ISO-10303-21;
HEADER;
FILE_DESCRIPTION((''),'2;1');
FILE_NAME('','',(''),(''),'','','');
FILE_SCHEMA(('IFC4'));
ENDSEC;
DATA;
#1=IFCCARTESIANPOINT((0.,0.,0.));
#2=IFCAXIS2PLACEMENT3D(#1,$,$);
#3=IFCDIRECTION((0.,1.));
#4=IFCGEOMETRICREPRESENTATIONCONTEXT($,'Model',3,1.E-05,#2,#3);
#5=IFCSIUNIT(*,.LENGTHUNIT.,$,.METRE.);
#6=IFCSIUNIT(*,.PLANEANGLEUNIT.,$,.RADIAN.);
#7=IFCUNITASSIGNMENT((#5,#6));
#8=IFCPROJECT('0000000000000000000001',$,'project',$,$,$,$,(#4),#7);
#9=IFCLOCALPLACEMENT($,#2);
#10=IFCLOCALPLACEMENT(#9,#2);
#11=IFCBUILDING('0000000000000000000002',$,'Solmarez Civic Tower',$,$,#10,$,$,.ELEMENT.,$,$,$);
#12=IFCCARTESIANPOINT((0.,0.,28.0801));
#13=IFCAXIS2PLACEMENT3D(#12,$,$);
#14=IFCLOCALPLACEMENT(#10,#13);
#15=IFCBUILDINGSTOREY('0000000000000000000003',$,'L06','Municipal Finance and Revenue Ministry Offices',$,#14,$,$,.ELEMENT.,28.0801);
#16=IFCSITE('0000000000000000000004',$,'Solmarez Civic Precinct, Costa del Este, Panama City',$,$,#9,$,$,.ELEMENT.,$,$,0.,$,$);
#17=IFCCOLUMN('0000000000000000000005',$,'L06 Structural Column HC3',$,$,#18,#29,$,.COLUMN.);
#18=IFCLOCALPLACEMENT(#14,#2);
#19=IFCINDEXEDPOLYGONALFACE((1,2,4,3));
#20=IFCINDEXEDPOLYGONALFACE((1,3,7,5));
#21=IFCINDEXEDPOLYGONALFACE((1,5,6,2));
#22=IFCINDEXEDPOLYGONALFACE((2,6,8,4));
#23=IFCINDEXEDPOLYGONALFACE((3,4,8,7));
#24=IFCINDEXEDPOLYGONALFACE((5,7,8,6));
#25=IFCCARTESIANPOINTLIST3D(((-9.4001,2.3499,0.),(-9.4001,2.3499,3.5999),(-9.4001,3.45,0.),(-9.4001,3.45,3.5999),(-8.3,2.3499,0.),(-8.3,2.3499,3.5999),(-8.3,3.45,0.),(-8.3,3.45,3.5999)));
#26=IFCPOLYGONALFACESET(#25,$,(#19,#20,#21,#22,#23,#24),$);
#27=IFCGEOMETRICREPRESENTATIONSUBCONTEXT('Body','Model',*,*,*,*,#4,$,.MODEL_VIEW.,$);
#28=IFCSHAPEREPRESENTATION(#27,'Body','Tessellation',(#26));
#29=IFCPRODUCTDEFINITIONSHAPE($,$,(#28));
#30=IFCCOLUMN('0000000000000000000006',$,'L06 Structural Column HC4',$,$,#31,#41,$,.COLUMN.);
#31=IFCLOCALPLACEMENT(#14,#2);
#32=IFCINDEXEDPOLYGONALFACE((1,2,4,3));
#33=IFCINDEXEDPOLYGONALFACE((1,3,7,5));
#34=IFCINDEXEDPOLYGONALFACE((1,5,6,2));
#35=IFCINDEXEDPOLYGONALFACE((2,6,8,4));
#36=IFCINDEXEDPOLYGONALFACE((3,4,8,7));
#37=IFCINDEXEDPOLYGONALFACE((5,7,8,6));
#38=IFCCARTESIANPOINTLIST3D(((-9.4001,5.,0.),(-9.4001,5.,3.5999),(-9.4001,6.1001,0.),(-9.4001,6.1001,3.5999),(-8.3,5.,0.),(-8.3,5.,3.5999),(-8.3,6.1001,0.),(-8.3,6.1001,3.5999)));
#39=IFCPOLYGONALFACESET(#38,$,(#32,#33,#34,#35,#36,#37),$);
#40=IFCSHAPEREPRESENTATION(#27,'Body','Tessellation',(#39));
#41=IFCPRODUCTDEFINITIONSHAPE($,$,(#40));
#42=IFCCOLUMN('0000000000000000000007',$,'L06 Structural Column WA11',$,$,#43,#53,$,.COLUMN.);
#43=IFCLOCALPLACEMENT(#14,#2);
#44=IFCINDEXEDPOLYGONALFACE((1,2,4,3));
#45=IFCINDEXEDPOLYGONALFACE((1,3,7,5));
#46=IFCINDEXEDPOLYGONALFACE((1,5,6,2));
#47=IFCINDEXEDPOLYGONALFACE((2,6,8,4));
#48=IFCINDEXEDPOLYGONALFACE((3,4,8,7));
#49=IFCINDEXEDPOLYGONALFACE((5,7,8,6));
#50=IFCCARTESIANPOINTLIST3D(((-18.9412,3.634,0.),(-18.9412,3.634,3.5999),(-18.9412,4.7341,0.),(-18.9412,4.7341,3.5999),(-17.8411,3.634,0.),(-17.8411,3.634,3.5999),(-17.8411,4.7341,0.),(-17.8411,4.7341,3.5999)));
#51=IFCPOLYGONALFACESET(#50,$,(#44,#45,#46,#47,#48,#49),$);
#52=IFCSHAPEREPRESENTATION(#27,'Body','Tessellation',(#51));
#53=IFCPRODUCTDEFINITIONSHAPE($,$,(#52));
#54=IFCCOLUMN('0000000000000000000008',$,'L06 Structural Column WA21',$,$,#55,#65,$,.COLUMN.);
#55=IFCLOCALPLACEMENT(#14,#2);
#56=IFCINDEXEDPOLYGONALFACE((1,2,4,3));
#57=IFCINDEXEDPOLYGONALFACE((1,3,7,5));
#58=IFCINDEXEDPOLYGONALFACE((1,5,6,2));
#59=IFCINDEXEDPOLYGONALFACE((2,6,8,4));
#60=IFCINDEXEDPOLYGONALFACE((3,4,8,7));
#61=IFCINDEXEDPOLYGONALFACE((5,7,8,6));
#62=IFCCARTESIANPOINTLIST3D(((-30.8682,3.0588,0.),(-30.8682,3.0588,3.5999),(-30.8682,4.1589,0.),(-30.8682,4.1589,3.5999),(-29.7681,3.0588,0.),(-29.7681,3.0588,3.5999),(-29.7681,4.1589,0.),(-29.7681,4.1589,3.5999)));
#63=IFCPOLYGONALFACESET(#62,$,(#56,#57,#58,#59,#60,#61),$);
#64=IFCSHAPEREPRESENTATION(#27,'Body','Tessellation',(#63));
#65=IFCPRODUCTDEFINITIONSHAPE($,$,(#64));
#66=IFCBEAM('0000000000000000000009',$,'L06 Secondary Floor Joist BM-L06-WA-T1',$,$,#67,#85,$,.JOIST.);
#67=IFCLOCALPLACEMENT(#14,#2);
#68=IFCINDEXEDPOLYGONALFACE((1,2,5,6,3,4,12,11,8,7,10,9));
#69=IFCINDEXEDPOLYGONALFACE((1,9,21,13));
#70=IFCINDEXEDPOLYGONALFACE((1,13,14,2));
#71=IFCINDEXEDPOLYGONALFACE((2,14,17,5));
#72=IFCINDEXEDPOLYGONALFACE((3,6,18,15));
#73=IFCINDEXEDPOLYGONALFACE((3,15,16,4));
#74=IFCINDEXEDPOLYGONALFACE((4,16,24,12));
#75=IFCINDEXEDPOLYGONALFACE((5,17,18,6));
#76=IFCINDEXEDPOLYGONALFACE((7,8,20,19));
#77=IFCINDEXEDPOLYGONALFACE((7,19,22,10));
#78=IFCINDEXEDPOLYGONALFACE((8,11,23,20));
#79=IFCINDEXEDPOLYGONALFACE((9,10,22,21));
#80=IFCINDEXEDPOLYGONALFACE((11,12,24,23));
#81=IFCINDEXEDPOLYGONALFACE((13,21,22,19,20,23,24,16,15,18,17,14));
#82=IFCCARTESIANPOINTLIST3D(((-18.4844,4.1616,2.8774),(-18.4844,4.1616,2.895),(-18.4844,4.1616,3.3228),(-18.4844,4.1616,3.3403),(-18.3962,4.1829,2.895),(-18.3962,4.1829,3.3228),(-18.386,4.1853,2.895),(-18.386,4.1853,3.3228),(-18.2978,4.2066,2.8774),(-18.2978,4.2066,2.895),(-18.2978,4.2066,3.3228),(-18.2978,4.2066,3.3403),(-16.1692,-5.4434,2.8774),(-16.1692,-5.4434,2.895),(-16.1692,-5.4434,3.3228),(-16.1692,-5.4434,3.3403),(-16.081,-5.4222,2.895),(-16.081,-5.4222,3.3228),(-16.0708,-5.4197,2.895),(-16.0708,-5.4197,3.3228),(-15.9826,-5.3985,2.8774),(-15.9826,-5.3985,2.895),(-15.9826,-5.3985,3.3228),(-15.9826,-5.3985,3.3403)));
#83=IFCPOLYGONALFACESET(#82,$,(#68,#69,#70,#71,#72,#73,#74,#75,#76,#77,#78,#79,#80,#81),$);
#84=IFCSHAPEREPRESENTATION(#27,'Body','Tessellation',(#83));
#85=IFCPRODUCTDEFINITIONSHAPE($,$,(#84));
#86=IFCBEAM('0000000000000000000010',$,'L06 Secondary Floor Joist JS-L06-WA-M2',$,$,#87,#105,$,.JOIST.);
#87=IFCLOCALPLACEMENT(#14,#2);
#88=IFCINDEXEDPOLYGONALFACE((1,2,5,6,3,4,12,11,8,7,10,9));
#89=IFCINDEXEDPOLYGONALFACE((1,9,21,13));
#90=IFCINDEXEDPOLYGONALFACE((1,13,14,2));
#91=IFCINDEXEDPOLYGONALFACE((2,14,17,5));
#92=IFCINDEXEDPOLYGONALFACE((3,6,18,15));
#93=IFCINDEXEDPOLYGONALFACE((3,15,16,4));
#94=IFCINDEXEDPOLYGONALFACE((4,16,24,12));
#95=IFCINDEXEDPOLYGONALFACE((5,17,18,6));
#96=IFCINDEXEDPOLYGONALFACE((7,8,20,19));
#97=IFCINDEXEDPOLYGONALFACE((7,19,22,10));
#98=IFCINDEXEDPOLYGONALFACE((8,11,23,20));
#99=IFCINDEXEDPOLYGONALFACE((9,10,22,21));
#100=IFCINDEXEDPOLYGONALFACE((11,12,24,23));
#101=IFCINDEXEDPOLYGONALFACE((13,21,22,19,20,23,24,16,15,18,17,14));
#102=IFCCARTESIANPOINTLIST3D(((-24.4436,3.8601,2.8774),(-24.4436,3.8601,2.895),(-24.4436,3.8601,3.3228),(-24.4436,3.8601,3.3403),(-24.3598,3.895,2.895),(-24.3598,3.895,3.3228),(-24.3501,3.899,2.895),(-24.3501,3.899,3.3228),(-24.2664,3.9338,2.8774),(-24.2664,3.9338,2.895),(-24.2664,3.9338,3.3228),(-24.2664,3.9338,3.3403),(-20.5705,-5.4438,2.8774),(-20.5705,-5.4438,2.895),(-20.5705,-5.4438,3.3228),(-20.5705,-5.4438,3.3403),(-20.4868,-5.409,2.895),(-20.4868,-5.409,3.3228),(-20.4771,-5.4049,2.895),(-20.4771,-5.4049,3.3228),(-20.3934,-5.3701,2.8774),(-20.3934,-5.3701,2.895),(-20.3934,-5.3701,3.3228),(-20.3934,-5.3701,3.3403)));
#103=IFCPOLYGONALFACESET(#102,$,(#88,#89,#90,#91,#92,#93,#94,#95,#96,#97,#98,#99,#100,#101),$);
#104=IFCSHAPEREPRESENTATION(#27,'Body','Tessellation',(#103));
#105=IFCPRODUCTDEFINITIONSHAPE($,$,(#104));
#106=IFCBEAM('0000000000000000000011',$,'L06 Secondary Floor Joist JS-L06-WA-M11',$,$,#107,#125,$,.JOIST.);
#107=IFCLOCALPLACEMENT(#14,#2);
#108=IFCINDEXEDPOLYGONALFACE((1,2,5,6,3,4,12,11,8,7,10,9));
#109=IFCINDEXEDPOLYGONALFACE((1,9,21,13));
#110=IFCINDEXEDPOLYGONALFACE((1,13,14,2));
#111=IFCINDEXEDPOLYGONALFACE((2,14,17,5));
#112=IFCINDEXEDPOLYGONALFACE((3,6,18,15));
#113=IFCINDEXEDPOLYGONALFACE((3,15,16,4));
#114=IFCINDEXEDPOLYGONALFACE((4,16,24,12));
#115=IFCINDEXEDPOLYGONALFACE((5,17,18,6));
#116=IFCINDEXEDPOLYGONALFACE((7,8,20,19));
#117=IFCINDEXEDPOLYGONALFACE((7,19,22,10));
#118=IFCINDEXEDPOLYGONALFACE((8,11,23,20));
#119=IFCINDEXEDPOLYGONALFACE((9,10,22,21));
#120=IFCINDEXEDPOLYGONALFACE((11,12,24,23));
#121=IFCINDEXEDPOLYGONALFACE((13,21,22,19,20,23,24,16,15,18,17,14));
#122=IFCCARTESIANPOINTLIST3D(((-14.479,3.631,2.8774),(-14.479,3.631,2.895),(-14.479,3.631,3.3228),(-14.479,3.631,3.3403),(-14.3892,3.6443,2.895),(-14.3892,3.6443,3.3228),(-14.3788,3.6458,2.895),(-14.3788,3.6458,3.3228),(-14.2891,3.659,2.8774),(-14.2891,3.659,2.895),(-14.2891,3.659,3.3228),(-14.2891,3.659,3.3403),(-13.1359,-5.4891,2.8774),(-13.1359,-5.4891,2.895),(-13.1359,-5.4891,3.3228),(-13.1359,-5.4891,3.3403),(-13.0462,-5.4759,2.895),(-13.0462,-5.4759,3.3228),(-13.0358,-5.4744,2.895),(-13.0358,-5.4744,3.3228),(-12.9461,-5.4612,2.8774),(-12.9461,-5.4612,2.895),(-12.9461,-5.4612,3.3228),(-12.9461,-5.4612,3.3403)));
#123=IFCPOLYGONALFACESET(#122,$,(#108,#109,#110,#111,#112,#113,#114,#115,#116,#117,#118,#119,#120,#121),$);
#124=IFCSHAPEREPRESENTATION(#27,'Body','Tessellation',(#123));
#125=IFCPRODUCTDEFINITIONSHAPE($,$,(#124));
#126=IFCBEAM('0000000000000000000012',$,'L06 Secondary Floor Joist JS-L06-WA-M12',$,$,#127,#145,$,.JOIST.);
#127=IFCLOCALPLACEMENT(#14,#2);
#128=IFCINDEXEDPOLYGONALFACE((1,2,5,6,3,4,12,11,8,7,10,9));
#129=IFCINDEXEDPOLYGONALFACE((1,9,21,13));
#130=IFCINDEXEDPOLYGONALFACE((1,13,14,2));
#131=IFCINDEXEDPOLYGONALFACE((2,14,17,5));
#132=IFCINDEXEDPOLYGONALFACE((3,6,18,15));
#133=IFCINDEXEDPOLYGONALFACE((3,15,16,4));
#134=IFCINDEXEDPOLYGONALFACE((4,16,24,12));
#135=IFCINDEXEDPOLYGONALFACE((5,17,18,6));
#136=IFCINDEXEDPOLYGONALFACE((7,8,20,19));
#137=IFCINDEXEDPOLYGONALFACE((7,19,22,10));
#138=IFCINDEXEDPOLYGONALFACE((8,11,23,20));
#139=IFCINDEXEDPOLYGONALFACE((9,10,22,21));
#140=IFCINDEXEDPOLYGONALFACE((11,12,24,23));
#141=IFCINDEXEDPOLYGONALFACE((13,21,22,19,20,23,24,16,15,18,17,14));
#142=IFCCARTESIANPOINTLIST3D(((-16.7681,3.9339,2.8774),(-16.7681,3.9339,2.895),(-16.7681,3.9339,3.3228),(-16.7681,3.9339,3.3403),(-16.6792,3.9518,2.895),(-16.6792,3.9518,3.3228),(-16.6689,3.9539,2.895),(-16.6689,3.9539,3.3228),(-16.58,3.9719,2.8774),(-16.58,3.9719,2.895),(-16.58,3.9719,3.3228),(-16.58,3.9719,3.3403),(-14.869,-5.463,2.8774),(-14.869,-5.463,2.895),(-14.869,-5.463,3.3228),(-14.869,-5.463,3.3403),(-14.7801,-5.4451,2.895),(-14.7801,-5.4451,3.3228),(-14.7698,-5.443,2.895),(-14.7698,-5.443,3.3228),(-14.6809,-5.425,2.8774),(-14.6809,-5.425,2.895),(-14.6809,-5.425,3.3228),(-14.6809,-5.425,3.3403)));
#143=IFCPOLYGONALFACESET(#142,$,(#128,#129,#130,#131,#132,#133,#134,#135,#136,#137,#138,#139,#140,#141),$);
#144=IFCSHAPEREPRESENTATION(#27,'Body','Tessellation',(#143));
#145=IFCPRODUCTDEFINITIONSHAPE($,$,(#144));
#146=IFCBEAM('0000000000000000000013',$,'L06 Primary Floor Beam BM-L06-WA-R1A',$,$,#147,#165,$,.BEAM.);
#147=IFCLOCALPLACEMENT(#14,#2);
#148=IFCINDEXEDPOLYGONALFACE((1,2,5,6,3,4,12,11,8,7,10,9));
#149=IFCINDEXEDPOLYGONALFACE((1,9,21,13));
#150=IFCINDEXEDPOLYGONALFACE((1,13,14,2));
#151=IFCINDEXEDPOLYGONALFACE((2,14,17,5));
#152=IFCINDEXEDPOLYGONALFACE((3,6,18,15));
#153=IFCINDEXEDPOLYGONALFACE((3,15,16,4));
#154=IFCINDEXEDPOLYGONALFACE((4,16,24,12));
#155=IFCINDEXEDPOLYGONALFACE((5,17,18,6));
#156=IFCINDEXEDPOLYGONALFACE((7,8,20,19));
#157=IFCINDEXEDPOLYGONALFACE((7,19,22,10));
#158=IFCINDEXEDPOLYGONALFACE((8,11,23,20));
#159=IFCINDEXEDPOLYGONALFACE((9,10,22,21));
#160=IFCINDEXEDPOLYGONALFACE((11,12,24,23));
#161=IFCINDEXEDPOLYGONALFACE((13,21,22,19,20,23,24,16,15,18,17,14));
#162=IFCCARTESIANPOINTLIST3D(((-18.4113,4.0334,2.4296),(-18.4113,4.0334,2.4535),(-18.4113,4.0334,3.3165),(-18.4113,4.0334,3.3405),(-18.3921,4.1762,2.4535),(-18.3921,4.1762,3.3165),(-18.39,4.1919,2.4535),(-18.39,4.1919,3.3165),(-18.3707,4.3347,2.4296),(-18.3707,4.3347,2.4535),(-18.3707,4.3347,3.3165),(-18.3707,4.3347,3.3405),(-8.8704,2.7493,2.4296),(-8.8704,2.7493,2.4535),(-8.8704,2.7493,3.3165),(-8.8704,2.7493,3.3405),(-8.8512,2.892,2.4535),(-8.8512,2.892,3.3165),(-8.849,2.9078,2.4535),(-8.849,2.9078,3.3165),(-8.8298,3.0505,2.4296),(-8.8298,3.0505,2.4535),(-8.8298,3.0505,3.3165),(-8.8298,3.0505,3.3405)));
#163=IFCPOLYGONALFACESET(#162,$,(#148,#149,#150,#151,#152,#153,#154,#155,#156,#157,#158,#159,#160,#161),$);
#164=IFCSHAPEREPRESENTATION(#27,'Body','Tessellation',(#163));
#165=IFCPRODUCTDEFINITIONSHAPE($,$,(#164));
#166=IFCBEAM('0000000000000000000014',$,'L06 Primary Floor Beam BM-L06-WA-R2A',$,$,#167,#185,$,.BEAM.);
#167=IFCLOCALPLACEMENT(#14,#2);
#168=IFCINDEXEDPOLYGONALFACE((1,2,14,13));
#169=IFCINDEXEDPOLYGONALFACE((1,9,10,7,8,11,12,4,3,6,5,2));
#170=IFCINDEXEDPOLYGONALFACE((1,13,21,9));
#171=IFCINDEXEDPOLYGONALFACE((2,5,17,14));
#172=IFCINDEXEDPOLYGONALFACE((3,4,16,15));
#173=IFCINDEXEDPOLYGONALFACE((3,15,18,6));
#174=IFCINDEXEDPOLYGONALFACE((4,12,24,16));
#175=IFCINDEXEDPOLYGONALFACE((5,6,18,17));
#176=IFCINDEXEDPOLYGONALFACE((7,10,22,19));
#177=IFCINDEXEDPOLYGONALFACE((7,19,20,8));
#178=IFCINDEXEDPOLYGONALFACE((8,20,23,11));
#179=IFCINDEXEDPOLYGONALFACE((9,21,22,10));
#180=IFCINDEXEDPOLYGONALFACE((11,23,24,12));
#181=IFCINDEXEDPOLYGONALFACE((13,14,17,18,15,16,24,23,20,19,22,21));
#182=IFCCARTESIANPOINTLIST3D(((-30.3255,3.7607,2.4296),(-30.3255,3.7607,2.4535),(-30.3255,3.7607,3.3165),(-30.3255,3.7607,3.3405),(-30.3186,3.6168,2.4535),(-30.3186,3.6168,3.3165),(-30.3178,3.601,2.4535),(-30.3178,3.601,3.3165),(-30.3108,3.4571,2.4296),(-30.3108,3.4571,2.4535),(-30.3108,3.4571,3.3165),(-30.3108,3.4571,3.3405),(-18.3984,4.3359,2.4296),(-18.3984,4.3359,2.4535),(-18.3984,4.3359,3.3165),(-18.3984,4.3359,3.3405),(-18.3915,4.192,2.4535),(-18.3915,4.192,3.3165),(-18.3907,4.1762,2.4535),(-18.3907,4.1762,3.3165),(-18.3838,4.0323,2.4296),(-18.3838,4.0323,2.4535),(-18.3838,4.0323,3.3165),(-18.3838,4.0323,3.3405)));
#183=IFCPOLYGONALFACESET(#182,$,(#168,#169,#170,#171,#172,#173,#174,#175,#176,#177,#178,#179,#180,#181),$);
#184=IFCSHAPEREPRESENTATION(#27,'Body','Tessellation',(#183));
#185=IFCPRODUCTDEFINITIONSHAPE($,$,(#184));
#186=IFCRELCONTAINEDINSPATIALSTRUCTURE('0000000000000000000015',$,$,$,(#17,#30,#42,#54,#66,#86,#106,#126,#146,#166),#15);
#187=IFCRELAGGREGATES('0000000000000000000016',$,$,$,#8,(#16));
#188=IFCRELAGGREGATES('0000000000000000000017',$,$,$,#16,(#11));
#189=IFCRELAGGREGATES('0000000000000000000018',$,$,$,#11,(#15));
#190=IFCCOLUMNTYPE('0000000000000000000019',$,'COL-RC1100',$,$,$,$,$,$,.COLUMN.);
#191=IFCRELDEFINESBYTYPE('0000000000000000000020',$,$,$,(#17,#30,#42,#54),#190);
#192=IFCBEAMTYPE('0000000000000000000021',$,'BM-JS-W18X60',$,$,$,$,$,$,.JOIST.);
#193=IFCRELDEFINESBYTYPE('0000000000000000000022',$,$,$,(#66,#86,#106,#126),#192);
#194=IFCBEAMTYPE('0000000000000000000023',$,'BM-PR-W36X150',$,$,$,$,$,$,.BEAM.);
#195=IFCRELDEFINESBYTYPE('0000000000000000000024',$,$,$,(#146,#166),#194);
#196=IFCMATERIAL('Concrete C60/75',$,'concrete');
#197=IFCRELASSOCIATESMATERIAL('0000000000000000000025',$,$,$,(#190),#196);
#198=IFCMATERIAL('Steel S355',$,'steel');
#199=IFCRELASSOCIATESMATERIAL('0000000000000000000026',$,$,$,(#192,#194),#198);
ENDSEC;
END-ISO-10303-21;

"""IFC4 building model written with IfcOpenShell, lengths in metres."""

from ifc_helpers import new_model, si_unit, direction, frame, origin, origin_2d, place, context, subcontext, project, spatial, rectangle, i_section, extrude, material, material_profile, profile_set, type_object, element, save


model = new_model("IFC4")

# Units and contexts
model_context = context("Model", 3, precision=1e-05, world=origin(), true_north=direction((0.0, 1.0)))
body_context = subcontext(model_context, "Body", "Model", "MODEL_VIEW")
ifc_project = project(units=[si_unit("LENGTHUNIT", "METRE"), si_unit("PLANEANGLEUNIT", "RADIAN")], contexts=[model_context])

# Site, building, storey
site_placement = place(None, origin())
site = spatial("IfcSite", under=ifc_project, at=site_placement, Name="Solmarez Civic Precinct, Costa del Este, Panama City", CompositionType="ELEMENT", RefElevation=0.0)
building_placement = place(site_placement, origin())
building = spatial("IfcBuilding", under=site, at=building_placement, Name="Solmarez Civic Tower", CompositionType="ELEMENT")
storey_placement = place(building_placement, frame((0.0, 0.0, 28.0801)))
storey = spatial("IfcBuildingStorey", under=building, at=storey_placement, Name="L06", Description="Municipal Finance and Revenue Ministry Offices", CompositionType="ELEMENT", Elevation=28.0801)

# Columns
ifc_material_1 = material(Name="Concrete C60/75", Category="concrete")
ifc_material_profile_1 = material_profile(ifc_material_1, rectangle(XDim=1.1001, YDim=1.1001, at=origin_2d()), Name="RC1100X1100")
ifc_profile_set_1 = profile_set([ifc_material_profile_1], Name="Concrete C60/75")
column_type = type_object("IfcColumnType", Name="COL-RC1100", PredefinedType="COLUMN", material=ifc_profile_set_1)
for number, where, z_axis, x_axis, name in (
    (1, (-8.8501, 2.8999, 0.0), (0.0, 0.0, 1.0), (1.0, 0.0, 0.0), "L06 Structural Column HC3"),
    (2, (-8.8501, 5.55, 0.0), (0.0, 0.0, 1.0), (1.0, 0.0, 0.0), "L06 Structural Column HC4"),
    (3, (-18.3911, 4.1841, 0.0), (0.0, 0.0, 1.0), (1.0, 0.0, 0.0), "L06 Structural Column WA11"),
    (4, (-30.3181, 3.6089, 0.0), (0.0, 0.0, 1.0), (1.0, 0.0, 0.0), "L06 Structural Column WA21"),
):
    element("IfcColumn", number, at=place(storey_placement, frame(where, z_axis=z_axis, x_axis=x_axis)), inside=storey, type_object=column_type, Name=name, PredefinedType="COLUMN", context=body_context, shape_type="SweptSolid", body=[
        extrude(rectangle(XDim=1.1001, YDim=1.1001, at=origin_2d()), origin(), (0.0, 0.0, 1.0), 3.5999),
    ])

# Beams
ifc_material_2 = material(Name="Steel S355", Category="steel")
ifc_material_profile_2 = material_profile(ifc_material_2, i_section(OverallWidth=0.1919, OverallDepth=0.4629, WebThickness=0.0105, FlangeThickness=0.0176, at=origin_2d()), Name="W18X60")
ifc_profile_set_2 = profile_set([ifc_material_profile_2], Name="Steel S355")
beam_type_1 = type_object("IfcBeamType", Name="BM-JS-W18X60", PredefinedType="JOIST", material=ifc_profile_set_2)
beam_1_placement = place(storey_placement, frame((-18.3911, 4.1841, 3.1089), z_axis=(0.234329, -0.972157, 0.0), x_axis=(0.972157, 0.234329, 0.0)))
element("IfcBeam", 5, at=beam_1_placement, inside=storey, type_object=beam_type_1, Name="L06 Secondary Floor Joist BM-L06-WA-T1", PredefinedType="JOIST", context=body_context, shape_type="SweptSolid", body=[
    extrude(i_section(OverallWidth=0.1919, OverallDepth=0.4629, WebThickness=0.0105, FlangeThickness=0.0176, at=origin_2d()), origin(), (0.0, 0.0, 1.0), 9.8801),
])
beam_2_placement = place(storey_placement, frame((-24.355, 3.897, 3.1089), z_axis=(0.384311, -0.923204, 0.0), x_axis=(0.923204, 0.384311, 0.0)))
element("IfcBeam", 6, at=beam_2_placement, inside=storey, type_object=beam_type_1, Name="L06 Secondary Floor Joist JS-L06-WA-M2", PredefinedType="JOIST", context=body_context, shape_type="SweptSolid", body=[
    extrude(i_section(OverallWidth=0.1919, OverallDepth=0.4629, WebThickness=0.0105, FlangeThickness=0.0176, at=origin_2d()), origin(), (0.0, 0.0, 1.0), 10.0779),
])
beam_3_placement = place(storey_placement, frame((-14.384, 3.645, 3.1089), z_axis=(0.145688, -0.989331, 0.0), x_axis=(0.989331, 0.145688, 0.0)))
element("IfcBeam", 7, at=beam_3_placement, inside=storey, type_object=beam_type_1, Name="L06 Secondary Floor Joist JS-L06-WA-M11", PredefinedType="JOIST", context=body_context, shape_type="SweptSolid", body=[
    extrude(i_section(OverallWidth=0.1919, OverallDepth=0.4629, WebThickness=0.0105, FlangeThickness=0.0176, at=origin_2d()), origin(), (0.0, 0.0, 1.0), 9.2185),
])
beam_4_placement = place(storey_placement, frame((-16.6741, 3.9529, 3.1089), z_axis=(0.198099, -0.980182, 0.0), x_axis=(0.980182, 0.198099, 0.0)))
element("IfcBeam", 8, at=beam_4_placement, inside=storey, type_object=beam_type_1, Name="L06 Secondary Floor Joist JS-L06-WA-M12", PredefinedType="JOIST", context=body_context, shape_type="SweptSolid", body=[
    extrude(i_section(OverallWidth=0.1919, OverallDepth=0.4629, WebThickness=0.0105, FlangeThickness=0.0176, at=origin_2d()), origin(), (0.0, 0.0, 1.0), 9.5869),
])
ifc_material_profile_3 = material_profile(ifc_material_2, i_section(OverallWidth=0.304, OverallDepth=0.9109, WebThickness=0.0159, FlangeThickness=0.0239, at=origin_2d()), Name="W36X150")
ifc_profile_set_3 = profile_set([ifc_material_profile_3], Name="Steel S355")
beam_type_2 = type_object("IfcBeamType", Name="BM-PR-W36X150", PredefinedType="BEAM", material=ifc_profile_set_3)
beam_5_placement = place(storey_placement, frame((-8.8501, 2.8999, 2.885), z_axis=(-0.991063, 0.133393, 0.0), x_axis=(-0.133393, -0.991063, 0.0)))
element("IfcBeam", 9, at=beam_5_placement, inside=storey, type_object=beam_type_2, Name="L06 Primary Floor Beam BM-L06-WA-R1A", PredefinedType="BEAM", context=body_context, shape_type="SweptSolid", body=[
    extrude(i_section(OverallWidth=0.304, OverallDepth=0.9109, WebThickness=0.0159, FlangeThickness=0.0239, at=origin_2d()), origin(), (0.0, 0.0, 1.0), 9.627),
])
beam_6_placement = place(storey_placement, frame((-18.3911, 4.1841, 2.885), z_axis=(-0.998839, -0.04817, 0.0), x_axis=(0.04817, -0.998839, 0.0)))
element("IfcBeam", 10, at=beam_6_placement, inside=storey, type_object=beam_type_2, Name="L06 Primary Floor Beam BM-L06-WA-R2A", PredefinedType="BEAM", context=body_context, shape_type="SweptSolid", body=[
    extrude(i_section(OverallWidth=0.304, OverallDepth=0.9109, WebThickness=0.0159, FlangeThickness=0.0239, at=origin_2d()), origin(), (0.0, 0.0, 1.0), 11.9409),
])

save(model, "model.ifc")
